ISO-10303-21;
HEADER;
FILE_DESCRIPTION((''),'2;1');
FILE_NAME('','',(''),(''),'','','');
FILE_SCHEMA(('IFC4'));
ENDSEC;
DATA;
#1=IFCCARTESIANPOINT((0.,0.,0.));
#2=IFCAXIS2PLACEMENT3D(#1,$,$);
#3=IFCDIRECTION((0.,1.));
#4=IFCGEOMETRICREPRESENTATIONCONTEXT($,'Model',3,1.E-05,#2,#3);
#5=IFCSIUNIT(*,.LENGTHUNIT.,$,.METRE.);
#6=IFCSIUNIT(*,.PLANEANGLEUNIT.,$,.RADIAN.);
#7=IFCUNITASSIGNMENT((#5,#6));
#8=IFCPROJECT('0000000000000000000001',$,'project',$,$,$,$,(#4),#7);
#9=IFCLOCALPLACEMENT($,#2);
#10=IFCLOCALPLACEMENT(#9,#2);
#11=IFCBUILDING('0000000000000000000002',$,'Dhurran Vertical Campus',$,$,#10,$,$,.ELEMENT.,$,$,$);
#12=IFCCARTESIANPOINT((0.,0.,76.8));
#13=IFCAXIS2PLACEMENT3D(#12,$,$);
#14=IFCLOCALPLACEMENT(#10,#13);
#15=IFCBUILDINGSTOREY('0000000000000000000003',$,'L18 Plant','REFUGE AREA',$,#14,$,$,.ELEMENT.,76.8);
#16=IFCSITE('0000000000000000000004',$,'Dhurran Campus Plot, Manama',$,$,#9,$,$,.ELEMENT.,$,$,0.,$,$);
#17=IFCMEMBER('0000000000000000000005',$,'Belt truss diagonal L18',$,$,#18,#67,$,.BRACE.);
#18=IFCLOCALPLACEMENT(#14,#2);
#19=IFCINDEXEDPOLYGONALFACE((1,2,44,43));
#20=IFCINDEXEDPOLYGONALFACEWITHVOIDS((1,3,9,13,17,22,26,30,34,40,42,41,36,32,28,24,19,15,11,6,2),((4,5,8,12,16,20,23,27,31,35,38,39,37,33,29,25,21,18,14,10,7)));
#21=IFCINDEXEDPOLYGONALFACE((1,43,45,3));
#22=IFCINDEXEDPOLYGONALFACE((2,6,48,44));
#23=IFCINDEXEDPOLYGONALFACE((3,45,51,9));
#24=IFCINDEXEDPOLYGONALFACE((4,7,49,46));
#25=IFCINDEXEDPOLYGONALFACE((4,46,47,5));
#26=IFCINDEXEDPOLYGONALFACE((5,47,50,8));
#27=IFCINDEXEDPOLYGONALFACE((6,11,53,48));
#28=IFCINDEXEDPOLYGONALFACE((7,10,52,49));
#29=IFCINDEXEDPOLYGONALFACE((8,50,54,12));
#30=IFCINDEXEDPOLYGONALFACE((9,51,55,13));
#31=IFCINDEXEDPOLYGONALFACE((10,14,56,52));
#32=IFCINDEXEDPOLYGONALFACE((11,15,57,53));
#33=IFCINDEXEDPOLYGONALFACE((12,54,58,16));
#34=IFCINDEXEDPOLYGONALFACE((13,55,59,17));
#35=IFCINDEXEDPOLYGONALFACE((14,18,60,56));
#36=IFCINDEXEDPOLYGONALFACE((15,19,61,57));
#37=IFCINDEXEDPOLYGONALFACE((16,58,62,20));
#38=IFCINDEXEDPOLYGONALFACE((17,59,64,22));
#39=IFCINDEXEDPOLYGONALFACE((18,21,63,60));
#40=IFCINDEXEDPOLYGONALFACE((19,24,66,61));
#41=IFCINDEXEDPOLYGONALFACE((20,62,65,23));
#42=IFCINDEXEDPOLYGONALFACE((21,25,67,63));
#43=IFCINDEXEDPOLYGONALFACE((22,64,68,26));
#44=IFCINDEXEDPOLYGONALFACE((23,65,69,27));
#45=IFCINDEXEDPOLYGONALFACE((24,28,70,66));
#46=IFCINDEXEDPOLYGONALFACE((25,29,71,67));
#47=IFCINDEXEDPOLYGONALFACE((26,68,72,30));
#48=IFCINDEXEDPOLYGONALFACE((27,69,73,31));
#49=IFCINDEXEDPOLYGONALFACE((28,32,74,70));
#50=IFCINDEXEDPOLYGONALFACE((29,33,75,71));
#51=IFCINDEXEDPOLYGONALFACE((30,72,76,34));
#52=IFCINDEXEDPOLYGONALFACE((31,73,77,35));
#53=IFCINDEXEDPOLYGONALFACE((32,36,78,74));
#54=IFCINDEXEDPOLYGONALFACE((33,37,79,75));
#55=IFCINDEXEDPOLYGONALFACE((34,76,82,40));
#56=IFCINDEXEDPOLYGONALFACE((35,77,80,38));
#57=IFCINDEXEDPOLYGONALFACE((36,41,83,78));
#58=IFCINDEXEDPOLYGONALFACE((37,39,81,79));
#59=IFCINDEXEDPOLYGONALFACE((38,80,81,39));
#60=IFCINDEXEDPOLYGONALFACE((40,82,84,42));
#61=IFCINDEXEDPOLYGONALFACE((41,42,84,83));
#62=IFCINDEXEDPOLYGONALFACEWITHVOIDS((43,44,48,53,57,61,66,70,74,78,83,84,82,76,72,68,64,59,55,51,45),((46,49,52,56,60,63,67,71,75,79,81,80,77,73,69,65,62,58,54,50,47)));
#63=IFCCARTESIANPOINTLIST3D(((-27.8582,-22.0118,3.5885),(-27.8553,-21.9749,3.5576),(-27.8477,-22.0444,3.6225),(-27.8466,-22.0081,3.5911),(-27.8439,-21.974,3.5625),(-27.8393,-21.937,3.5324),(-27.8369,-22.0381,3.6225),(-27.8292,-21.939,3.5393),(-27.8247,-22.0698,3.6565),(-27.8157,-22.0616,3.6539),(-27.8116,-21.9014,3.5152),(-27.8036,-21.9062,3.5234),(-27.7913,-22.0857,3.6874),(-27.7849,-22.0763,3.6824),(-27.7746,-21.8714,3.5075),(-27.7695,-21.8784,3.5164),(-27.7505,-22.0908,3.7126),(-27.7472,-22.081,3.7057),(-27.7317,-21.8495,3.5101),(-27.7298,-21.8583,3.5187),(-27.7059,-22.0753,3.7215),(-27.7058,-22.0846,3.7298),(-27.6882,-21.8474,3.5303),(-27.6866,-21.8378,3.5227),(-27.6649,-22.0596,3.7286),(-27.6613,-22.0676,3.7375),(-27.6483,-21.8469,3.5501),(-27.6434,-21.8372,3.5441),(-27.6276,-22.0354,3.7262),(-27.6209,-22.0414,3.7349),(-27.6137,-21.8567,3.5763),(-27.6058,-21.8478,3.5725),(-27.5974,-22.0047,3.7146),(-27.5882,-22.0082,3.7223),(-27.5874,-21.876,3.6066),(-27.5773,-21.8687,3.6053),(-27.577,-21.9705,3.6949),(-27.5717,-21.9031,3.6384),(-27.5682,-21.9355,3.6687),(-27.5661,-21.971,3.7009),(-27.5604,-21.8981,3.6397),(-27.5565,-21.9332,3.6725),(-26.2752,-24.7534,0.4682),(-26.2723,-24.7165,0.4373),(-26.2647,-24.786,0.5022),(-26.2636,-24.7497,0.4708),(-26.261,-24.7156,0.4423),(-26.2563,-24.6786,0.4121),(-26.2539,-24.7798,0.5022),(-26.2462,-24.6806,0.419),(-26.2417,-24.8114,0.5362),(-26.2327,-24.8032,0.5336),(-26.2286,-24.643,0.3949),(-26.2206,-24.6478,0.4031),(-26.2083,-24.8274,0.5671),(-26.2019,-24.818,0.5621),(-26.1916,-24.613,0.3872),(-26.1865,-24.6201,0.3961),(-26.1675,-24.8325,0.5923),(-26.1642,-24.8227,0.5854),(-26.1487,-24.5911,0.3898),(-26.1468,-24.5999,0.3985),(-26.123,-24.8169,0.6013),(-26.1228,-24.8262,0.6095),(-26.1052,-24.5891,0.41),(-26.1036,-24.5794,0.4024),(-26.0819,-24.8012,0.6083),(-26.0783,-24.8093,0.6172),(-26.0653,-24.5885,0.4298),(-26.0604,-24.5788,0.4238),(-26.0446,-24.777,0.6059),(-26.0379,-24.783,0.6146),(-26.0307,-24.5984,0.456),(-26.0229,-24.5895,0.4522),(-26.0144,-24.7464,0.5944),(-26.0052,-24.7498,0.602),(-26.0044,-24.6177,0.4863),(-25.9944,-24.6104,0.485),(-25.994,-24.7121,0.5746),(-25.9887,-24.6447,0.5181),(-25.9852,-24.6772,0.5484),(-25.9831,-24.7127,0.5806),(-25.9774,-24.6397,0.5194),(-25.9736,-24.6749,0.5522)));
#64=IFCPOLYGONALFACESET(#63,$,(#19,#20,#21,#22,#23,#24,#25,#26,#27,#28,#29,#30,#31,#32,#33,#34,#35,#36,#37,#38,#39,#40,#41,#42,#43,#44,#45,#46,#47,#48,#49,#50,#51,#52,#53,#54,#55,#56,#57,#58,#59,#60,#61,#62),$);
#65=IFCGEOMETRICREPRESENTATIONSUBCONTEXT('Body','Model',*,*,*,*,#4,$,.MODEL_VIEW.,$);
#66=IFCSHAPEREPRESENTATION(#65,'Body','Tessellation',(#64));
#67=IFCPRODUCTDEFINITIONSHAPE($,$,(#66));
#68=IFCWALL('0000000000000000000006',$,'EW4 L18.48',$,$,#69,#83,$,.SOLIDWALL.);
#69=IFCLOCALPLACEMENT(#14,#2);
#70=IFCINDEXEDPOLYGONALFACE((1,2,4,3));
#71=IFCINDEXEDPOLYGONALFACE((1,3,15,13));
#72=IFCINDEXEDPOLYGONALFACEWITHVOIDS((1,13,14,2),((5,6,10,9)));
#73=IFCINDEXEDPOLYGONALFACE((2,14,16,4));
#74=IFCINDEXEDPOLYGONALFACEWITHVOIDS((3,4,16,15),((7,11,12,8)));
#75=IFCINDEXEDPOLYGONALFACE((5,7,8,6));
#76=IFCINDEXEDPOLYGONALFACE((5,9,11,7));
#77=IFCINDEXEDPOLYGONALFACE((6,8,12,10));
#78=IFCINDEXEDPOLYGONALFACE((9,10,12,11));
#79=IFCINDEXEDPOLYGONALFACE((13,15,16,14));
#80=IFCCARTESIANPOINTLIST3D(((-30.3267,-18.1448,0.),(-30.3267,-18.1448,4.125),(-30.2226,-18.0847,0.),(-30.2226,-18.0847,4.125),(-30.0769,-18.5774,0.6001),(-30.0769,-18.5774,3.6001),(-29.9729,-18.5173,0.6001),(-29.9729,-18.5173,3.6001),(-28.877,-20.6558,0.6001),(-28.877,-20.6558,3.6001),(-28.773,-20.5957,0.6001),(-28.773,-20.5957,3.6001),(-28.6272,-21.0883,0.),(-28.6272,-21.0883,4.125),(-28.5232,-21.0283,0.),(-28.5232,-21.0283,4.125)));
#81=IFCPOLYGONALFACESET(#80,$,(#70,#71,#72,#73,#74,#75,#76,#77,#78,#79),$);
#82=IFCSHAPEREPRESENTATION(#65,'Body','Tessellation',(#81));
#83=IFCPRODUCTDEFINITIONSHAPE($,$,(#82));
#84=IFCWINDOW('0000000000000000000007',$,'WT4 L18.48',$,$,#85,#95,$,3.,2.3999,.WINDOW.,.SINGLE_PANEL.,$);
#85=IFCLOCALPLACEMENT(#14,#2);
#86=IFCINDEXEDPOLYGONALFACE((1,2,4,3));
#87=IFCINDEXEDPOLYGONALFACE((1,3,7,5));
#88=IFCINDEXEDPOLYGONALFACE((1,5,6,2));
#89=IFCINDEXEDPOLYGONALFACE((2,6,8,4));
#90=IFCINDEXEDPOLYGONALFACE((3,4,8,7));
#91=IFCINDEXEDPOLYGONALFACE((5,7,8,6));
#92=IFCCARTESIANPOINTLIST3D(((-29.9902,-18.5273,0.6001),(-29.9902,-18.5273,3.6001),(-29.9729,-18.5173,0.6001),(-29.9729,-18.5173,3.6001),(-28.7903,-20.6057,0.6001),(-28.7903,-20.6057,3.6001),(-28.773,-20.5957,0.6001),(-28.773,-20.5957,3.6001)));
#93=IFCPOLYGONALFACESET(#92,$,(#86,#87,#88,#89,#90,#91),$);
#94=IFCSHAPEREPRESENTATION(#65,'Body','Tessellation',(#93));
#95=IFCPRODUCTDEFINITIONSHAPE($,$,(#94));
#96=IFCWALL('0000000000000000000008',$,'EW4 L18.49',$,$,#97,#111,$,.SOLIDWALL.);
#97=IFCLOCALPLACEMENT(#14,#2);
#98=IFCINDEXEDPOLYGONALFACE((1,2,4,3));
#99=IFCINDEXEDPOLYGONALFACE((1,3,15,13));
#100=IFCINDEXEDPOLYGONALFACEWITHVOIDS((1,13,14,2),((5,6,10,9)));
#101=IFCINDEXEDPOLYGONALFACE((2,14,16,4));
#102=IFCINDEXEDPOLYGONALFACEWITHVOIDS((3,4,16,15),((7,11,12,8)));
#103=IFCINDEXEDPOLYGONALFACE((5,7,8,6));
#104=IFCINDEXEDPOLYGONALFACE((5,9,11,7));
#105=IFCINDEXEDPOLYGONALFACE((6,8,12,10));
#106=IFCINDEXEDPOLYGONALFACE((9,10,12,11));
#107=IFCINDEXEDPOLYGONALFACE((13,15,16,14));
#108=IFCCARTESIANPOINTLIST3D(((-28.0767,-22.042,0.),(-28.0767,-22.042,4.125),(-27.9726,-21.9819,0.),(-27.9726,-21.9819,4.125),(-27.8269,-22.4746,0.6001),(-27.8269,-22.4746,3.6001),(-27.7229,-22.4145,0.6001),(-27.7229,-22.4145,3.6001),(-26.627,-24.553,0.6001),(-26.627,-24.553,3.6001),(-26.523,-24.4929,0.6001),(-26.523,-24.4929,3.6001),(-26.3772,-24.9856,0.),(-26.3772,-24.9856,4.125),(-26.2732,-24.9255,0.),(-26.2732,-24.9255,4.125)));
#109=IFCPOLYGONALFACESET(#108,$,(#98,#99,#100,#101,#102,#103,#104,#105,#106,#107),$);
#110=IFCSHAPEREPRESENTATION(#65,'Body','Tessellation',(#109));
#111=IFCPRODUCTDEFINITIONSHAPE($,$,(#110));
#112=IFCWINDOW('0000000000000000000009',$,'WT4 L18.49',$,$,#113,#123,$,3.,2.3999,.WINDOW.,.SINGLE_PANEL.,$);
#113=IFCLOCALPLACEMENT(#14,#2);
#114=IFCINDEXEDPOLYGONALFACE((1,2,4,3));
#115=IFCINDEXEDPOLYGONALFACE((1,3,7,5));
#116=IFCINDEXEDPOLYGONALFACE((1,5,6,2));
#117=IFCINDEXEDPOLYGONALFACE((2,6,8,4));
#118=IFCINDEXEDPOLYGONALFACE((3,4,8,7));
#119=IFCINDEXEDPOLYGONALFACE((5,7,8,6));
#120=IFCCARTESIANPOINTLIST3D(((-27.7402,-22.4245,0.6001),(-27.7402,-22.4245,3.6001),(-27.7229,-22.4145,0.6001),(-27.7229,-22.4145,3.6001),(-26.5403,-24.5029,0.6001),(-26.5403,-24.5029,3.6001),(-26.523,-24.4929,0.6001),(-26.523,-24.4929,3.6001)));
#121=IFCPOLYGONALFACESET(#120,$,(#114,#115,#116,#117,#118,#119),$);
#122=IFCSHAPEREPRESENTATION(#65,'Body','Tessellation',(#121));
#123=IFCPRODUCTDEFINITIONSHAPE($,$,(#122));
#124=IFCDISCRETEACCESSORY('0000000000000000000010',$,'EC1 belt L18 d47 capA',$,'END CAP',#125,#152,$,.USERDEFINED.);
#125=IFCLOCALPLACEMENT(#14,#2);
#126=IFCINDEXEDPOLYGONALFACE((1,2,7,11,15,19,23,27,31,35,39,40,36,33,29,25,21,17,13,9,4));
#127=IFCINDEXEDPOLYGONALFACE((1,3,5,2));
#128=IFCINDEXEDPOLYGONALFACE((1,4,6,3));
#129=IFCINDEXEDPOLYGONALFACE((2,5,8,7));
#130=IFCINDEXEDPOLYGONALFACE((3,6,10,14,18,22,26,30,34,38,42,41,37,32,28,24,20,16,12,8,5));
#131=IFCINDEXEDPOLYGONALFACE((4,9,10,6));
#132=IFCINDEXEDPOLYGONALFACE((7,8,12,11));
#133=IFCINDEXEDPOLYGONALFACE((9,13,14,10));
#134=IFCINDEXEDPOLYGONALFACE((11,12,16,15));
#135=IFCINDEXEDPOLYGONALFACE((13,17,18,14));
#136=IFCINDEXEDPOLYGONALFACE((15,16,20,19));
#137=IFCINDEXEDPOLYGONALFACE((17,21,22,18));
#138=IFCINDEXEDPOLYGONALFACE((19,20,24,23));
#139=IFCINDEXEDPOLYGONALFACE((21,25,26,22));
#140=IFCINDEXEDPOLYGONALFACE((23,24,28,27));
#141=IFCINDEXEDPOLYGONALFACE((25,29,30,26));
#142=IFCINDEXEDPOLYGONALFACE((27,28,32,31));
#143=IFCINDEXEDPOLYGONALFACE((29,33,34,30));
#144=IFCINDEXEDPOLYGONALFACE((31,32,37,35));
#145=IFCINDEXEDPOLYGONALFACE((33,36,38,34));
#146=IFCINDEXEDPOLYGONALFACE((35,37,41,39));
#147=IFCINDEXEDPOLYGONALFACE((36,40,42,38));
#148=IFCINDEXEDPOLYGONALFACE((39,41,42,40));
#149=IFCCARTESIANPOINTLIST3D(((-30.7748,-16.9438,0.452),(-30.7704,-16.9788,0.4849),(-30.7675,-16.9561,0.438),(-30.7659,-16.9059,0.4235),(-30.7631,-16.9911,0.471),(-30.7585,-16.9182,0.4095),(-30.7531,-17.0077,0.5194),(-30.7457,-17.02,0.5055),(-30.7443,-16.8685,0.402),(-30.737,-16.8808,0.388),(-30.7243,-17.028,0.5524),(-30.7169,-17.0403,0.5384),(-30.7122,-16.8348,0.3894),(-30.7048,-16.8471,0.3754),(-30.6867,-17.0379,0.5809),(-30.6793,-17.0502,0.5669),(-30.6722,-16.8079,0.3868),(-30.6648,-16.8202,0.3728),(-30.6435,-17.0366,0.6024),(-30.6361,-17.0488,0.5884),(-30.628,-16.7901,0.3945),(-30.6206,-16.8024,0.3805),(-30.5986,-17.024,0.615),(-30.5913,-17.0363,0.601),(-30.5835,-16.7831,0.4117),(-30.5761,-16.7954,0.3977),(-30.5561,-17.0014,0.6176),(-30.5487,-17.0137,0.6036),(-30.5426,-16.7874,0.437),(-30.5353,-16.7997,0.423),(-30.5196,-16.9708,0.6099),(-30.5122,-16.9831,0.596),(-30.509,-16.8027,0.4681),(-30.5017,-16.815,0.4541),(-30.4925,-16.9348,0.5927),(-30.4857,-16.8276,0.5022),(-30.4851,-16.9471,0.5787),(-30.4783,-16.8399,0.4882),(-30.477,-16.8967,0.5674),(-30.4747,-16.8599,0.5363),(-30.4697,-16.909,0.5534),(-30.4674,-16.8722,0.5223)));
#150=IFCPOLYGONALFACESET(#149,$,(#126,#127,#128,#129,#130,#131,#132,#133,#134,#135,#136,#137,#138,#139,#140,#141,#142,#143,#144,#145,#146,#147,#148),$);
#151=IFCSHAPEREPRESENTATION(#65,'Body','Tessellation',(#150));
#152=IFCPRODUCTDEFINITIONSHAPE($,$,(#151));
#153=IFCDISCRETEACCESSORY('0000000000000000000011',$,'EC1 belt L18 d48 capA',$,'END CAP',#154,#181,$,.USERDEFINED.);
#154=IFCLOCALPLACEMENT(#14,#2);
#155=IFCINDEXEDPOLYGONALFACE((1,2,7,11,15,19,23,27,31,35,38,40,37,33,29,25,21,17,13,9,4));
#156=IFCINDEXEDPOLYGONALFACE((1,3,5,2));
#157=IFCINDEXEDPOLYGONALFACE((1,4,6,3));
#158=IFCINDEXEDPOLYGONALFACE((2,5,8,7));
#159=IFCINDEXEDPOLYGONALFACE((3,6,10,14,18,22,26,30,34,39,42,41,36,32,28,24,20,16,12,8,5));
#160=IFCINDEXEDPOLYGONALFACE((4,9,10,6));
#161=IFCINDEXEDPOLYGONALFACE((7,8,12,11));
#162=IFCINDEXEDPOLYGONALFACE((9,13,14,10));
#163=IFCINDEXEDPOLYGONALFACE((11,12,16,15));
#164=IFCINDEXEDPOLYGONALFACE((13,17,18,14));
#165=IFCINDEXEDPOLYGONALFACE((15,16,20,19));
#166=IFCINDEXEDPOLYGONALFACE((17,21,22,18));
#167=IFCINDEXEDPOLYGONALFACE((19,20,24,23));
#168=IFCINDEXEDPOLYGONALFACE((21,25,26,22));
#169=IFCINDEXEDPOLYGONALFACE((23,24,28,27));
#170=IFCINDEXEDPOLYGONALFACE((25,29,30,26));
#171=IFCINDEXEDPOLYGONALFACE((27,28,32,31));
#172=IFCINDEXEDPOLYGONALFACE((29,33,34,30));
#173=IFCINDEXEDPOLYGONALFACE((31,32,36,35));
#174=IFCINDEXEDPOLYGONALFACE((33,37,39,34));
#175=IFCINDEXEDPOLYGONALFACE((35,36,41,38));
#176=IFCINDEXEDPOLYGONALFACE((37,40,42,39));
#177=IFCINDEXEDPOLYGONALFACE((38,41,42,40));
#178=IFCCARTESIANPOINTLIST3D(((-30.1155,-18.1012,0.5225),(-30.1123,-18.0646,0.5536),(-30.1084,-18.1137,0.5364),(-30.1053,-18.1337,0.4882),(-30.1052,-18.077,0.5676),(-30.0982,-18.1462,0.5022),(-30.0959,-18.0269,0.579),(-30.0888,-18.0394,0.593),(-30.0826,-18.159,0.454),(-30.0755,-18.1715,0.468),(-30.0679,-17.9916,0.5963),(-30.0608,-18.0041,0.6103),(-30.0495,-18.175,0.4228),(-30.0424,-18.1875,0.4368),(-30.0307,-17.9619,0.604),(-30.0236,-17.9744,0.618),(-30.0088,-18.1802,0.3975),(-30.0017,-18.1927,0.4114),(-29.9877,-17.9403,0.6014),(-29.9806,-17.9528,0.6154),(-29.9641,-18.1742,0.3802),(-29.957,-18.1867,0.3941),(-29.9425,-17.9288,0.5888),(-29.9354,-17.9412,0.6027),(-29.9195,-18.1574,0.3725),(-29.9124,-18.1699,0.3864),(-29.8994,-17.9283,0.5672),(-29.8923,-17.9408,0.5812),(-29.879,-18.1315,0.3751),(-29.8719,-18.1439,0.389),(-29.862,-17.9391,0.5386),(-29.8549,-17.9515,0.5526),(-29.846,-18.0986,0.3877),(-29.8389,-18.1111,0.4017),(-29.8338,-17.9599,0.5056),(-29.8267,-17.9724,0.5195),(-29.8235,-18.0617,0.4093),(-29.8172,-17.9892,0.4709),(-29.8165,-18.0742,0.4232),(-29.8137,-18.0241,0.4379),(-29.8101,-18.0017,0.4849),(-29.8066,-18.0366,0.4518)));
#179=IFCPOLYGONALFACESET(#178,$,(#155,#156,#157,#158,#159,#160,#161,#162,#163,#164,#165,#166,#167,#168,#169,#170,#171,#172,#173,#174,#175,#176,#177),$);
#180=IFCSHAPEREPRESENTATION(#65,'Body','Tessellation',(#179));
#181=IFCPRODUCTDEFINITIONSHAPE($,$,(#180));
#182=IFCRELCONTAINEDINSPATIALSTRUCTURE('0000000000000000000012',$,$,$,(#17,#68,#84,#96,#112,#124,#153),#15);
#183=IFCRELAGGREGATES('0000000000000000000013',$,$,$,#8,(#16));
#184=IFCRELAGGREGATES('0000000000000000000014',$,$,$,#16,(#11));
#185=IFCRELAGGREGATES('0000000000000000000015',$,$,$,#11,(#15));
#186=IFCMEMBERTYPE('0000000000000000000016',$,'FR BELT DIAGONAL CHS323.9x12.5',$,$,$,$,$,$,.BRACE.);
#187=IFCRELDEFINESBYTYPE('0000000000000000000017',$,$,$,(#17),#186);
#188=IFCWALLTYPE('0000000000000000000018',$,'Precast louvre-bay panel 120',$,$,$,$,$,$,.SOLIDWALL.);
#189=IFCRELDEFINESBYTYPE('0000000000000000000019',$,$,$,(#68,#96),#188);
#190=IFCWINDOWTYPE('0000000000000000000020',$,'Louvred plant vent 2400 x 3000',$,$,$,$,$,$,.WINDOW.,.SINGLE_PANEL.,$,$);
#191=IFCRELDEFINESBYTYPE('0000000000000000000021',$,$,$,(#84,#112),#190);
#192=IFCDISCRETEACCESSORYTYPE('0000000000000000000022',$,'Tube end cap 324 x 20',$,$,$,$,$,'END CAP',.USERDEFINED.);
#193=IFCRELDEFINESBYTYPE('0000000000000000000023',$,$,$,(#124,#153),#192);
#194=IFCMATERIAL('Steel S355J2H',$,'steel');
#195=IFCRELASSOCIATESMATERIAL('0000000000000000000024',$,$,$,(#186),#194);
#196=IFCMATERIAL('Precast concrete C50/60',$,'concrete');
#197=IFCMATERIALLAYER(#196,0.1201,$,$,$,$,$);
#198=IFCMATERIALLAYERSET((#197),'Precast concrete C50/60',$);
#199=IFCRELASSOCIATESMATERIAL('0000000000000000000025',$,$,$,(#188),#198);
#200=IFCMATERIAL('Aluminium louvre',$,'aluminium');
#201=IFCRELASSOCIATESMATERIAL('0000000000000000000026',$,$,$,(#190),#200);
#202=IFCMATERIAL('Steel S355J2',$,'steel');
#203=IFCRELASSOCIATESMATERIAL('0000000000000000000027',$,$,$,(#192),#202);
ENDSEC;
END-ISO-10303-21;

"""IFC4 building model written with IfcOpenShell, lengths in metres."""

from ifc_helpers import new_model, si_unit, direction, frame, frame_2d, origin, origin_2d, place, context, subcontext, project, spatial, rectangle, circle, hollow_circle, extrude, material, layer, layer_set, material_profile, profile_set, type_object, element, fill, save


model = new_model("IFC4")

# Units and contexts
model_context = context("Model", 3, precision=1e-05, world=origin(), true_north=direction((0.0, 1.0)))
body_context = subcontext(model_context, "Body", "Model", "MODEL_VIEW")
ifc_project = project(units=[si_unit("LENGTHUNIT", "METRE"), si_unit("PLANEANGLEUNIT", "RADIAN")], contexts=[model_context])

# Site, building, storey
site_placement = place(None, origin())
site = spatial("IfcSite", under=ifc_project, at=site_placement, Name="Dhurran Campus Plot, Manama", CompositionType="ELEMENT", RefElevation=0.0)
building_placement = place(site_placement, origin())
building = spatial("IfcBuilding", under=site, at=building_placement, Name="Dhurran Vertical Campus", CompositionType="ELEMENT")
storey_placement = place(building_placement, frame((0.0, 0.0, 76.8)))
storey = spatial("IfcBuildingStorey", under=building, at=storey_placement, Name="L18 Plant", Description="REFUGE AREA", CompositionType="ELEMENT", Elevation=76.8)

# Member
ifc_material_1 = material(Name="Steel S355J2H", Category="steel")
ifc_material_profile_1 = material_profile(ifc_material_1, hollow_circle(Radius=0.1619, WallThickness=0.0125, at=origin_2d()), Name="CHS323.9x12.5")
ifc_profile_set_1 = profile_set([ifc_material_profile_1], Name="Steel S355J2H")
member_type = type_object("IfcMemberType", Name="FR BELT DIAGONAL CHS323.9x12.5", PredefinedType="BRACE", material=ifc_profile_set_1)
for number, where, z_axis, x_axis, name in (
    (1, (-26.1245, -24.7051, 0.5022), (-0.356119, 0.616782, 0.701968), (-0.866013, -0.500021, 0.0), "Belt truss diagonal L18"),
):
    element("IfcMember", number, at=place(storey_placement, frame(where, z_axis=z_axis, x_axis=x_axis)), inside=storey, type_object=member_type, Name=name, PredefinedType="BRACE", context=body_context, shape_type="SweptSolid", body=[
        extrude(hollow_circle(Radius=0.1619, WallThickness=0.0125, at=origin_2d()), origin(), (0.0, 0.0, 1.0), 4.4451),
    ])

# Walls, openings, windows
ifc_material_2 = material(Name="Precast concrete C50/60", Category="concrete")
ifc_layer = layer(ifc_material_2, 0.1201)
ifc_layer_set = layer_set([ifc_layer], Name="Precast concrete C50/60")
wall_type = type_object("IfcWallType", Name="Precast louvre-bay panel 120", PredefinedType="SOLIDWALL", material=ifc_layer_set)
wall_1_placement = place(storey_placement, frame((-30.2747, -18.1147, 0.0), z_axis=(0.0, 0.0, 1.0), x_axis=(0.499994, -0.866029, 0.0)))
wall_1 = element("IfcWall", 2, at=wall_1_placement, inside=storey, type_object=wall_type, Name="EW4 L18.48", PredefinedType="SOLIDWALL", context=body_context, shape_type="SweptSolid", body=[
    extrude(rectangle(XDim=3.3989, YDim=0.1201, at=frame_2d((1.6995, 0.0))), origin(), (0.0, 0.0, 1.0), 4.125),
])
opening_1_placement = place(wall_1_placement, frame((0.4995, 0.0, 0.6001)))
opening_1 = element("IfcOpeningElement", 3, at=opening_1_placement, cuts=wall_1, PredefinedType="OPENING", context=body_context, shape_type="SweptSolid", body=[
    extrude(rectangle(XDim=2.3999, YDim=3.0, at=frame_2d((1.2, 1.5))), frame((0.0, 0.0701, 0.0), z_axis=(0.0, -1.0, 0.0), x_axis=(1.0, 0.0, 0.0)), (0.0, 0.0, 1.0), 0.1401),
])
ifc_material_3 = material(Name="Aluminium louvre", Category="aluminium")
window_type = type_object("IfcWindowType", Name="Louvred plant vent 2400 x 3000", PartitioningType="SINGLE_PANEL", PredefinedType="WINDOW", material=ifc_material_3)
window_1_placement = place(opening_1_placement, origin())
window_1 = element("IfcWindow", 4, at=window_1_placement, inside=storey, type_object=window_type, Name="WT4 L18.48", OverallHeight=3.0, OverallWidth=2.3999, PartitioningType="SINGLE_PANEL", PredefinedType="WINDOW", context=body_context, shape_type="SweptSolid", body=[
    extrude(rectangle(XDim=2.3999, YDim=3.0, at=frame_2d((1.2, 1.5))), frame((0.0, 0.0601, 0.0), z_axis=(0.0, -1.0, 0.0), x_axis=(1.0, 0.0, 0.0)), (0.0, 0.0, 1.0), 0.02),
])
fill(opening_1, window_1)
wall_2_placement = place(storey_placement, frame((-28.0247, -22.012, 0.0), z_axis=(0.0, 0.0, 1.0), x_axis=(0.499994, -0.866029, 0.0)))
wall_2 = element("IfcWall", 5, at=wall_2_placement, inside=storey, type_object=wall_type, Name="EW4 L18.49", PredefinedType="SOLIDWALL", context=body_context, shape_type="SweptSolid", body=[
    extrude(rectangle(XDim=3.3989, YDim=0.1201, at=frame_2d((1.6995, 0.0))), origin(), (0.0, 0.0, 1.0), 4.125),
])
opening_2_placement = place(wall_2_placement, frame((0.4995, 0.0, 0.6001)))
opening_2 = element("IfcOpeningElement", 6, at=opening_2_placement, cuts=wall_2, PredefinedType="OPENING", context=body_context, shape_type="SweptSolid", body=[
    extrude(rectangle(XDim=2.3999, YDim=3.0, at=frame_2d((1.2, 1.5))), frame((0.0, 0.0701, 0.0), z_axis=(0.0, -1.0, 0.0), x_axis=(1.0, 0.0, 0.0)), (0.0, 0.0, 1.0), 0.1401),
])
window_2_placement = place(opening_2_placement, origin())
window_2 = element("IfcWindow", 7, at=window_2_placement, inside=storey, type_object=window_type, Name="WT4 L18.49", OverallHeight=3.0, OverallWidth=2.3999, PartitioningType="SINGLE_PANEL", PredefinedType="WINDOW", context=body_context, shape_type="SweptSolid", body=[
    extrude(rectangle(XDim=2.3999, YDim=3.0, at=frame_2d((1.2, 1.5))), frame((0.0, 0.0601, 0.0), z_axis=(0.0, -1.0, 0.0), x_axis=(1.0, 0.0, 0.0)), (0.0, 0.0, 1.0), 0.02),
])
fill(opening_2, window_2)

# Discrete accessories
ifc_material_4 = material(Name="Steel S355J2", Category="steel")
ifc_material_profile_2 = material_profile(ifc_material_4, circle(Radius=0.1619, at=origin_2d()), Name="Tube end cap 324 x 20")
ifc_profile_set_2 = profile_set([ifc_material_profile_2], Name="Steel S355J2")
discrete_accessory_type = type_object("IfcDiscreteAccessoryType", Name="Tube end cap 324 x 20", ElementType="END CAP", PredefinedType="USERDEFINED", material=ifc_profile_set_2)
for number, where, z_axis, x_axis, name in (
    (8, (-30.6245, -16.9109, 0.5022), (0.367911, -0.613185, -0.699031), (0.857493, 0.514496, 0.0), "EC1 belt L18 d47 capA"),
    (9, (-29.9575, -18.0662, 0.5022), (-0.35453, 0.623483, -0.696834), (-0.86929, -0.494302, 0.0), "EC1 belt L18 d48 capA"),
):
    element("IfcDiscreteAccessory", number, at=place(storey_placement, frame(where, z_axis=z_axis, x_axis=x_axis)), inside=storey, type_object=discrete_accessory_type, Name=name, ObjectType="END CAP", PredefinedType="USERDEFINED", context=body_context, shape_type="SweptSolid", body=[
        extrude(circle(Radius=0.1619, at=origin_2d()), origin(), (0.0, 0.0, 1.0), 0.02),
    ])

save(model, "model.ifc")
